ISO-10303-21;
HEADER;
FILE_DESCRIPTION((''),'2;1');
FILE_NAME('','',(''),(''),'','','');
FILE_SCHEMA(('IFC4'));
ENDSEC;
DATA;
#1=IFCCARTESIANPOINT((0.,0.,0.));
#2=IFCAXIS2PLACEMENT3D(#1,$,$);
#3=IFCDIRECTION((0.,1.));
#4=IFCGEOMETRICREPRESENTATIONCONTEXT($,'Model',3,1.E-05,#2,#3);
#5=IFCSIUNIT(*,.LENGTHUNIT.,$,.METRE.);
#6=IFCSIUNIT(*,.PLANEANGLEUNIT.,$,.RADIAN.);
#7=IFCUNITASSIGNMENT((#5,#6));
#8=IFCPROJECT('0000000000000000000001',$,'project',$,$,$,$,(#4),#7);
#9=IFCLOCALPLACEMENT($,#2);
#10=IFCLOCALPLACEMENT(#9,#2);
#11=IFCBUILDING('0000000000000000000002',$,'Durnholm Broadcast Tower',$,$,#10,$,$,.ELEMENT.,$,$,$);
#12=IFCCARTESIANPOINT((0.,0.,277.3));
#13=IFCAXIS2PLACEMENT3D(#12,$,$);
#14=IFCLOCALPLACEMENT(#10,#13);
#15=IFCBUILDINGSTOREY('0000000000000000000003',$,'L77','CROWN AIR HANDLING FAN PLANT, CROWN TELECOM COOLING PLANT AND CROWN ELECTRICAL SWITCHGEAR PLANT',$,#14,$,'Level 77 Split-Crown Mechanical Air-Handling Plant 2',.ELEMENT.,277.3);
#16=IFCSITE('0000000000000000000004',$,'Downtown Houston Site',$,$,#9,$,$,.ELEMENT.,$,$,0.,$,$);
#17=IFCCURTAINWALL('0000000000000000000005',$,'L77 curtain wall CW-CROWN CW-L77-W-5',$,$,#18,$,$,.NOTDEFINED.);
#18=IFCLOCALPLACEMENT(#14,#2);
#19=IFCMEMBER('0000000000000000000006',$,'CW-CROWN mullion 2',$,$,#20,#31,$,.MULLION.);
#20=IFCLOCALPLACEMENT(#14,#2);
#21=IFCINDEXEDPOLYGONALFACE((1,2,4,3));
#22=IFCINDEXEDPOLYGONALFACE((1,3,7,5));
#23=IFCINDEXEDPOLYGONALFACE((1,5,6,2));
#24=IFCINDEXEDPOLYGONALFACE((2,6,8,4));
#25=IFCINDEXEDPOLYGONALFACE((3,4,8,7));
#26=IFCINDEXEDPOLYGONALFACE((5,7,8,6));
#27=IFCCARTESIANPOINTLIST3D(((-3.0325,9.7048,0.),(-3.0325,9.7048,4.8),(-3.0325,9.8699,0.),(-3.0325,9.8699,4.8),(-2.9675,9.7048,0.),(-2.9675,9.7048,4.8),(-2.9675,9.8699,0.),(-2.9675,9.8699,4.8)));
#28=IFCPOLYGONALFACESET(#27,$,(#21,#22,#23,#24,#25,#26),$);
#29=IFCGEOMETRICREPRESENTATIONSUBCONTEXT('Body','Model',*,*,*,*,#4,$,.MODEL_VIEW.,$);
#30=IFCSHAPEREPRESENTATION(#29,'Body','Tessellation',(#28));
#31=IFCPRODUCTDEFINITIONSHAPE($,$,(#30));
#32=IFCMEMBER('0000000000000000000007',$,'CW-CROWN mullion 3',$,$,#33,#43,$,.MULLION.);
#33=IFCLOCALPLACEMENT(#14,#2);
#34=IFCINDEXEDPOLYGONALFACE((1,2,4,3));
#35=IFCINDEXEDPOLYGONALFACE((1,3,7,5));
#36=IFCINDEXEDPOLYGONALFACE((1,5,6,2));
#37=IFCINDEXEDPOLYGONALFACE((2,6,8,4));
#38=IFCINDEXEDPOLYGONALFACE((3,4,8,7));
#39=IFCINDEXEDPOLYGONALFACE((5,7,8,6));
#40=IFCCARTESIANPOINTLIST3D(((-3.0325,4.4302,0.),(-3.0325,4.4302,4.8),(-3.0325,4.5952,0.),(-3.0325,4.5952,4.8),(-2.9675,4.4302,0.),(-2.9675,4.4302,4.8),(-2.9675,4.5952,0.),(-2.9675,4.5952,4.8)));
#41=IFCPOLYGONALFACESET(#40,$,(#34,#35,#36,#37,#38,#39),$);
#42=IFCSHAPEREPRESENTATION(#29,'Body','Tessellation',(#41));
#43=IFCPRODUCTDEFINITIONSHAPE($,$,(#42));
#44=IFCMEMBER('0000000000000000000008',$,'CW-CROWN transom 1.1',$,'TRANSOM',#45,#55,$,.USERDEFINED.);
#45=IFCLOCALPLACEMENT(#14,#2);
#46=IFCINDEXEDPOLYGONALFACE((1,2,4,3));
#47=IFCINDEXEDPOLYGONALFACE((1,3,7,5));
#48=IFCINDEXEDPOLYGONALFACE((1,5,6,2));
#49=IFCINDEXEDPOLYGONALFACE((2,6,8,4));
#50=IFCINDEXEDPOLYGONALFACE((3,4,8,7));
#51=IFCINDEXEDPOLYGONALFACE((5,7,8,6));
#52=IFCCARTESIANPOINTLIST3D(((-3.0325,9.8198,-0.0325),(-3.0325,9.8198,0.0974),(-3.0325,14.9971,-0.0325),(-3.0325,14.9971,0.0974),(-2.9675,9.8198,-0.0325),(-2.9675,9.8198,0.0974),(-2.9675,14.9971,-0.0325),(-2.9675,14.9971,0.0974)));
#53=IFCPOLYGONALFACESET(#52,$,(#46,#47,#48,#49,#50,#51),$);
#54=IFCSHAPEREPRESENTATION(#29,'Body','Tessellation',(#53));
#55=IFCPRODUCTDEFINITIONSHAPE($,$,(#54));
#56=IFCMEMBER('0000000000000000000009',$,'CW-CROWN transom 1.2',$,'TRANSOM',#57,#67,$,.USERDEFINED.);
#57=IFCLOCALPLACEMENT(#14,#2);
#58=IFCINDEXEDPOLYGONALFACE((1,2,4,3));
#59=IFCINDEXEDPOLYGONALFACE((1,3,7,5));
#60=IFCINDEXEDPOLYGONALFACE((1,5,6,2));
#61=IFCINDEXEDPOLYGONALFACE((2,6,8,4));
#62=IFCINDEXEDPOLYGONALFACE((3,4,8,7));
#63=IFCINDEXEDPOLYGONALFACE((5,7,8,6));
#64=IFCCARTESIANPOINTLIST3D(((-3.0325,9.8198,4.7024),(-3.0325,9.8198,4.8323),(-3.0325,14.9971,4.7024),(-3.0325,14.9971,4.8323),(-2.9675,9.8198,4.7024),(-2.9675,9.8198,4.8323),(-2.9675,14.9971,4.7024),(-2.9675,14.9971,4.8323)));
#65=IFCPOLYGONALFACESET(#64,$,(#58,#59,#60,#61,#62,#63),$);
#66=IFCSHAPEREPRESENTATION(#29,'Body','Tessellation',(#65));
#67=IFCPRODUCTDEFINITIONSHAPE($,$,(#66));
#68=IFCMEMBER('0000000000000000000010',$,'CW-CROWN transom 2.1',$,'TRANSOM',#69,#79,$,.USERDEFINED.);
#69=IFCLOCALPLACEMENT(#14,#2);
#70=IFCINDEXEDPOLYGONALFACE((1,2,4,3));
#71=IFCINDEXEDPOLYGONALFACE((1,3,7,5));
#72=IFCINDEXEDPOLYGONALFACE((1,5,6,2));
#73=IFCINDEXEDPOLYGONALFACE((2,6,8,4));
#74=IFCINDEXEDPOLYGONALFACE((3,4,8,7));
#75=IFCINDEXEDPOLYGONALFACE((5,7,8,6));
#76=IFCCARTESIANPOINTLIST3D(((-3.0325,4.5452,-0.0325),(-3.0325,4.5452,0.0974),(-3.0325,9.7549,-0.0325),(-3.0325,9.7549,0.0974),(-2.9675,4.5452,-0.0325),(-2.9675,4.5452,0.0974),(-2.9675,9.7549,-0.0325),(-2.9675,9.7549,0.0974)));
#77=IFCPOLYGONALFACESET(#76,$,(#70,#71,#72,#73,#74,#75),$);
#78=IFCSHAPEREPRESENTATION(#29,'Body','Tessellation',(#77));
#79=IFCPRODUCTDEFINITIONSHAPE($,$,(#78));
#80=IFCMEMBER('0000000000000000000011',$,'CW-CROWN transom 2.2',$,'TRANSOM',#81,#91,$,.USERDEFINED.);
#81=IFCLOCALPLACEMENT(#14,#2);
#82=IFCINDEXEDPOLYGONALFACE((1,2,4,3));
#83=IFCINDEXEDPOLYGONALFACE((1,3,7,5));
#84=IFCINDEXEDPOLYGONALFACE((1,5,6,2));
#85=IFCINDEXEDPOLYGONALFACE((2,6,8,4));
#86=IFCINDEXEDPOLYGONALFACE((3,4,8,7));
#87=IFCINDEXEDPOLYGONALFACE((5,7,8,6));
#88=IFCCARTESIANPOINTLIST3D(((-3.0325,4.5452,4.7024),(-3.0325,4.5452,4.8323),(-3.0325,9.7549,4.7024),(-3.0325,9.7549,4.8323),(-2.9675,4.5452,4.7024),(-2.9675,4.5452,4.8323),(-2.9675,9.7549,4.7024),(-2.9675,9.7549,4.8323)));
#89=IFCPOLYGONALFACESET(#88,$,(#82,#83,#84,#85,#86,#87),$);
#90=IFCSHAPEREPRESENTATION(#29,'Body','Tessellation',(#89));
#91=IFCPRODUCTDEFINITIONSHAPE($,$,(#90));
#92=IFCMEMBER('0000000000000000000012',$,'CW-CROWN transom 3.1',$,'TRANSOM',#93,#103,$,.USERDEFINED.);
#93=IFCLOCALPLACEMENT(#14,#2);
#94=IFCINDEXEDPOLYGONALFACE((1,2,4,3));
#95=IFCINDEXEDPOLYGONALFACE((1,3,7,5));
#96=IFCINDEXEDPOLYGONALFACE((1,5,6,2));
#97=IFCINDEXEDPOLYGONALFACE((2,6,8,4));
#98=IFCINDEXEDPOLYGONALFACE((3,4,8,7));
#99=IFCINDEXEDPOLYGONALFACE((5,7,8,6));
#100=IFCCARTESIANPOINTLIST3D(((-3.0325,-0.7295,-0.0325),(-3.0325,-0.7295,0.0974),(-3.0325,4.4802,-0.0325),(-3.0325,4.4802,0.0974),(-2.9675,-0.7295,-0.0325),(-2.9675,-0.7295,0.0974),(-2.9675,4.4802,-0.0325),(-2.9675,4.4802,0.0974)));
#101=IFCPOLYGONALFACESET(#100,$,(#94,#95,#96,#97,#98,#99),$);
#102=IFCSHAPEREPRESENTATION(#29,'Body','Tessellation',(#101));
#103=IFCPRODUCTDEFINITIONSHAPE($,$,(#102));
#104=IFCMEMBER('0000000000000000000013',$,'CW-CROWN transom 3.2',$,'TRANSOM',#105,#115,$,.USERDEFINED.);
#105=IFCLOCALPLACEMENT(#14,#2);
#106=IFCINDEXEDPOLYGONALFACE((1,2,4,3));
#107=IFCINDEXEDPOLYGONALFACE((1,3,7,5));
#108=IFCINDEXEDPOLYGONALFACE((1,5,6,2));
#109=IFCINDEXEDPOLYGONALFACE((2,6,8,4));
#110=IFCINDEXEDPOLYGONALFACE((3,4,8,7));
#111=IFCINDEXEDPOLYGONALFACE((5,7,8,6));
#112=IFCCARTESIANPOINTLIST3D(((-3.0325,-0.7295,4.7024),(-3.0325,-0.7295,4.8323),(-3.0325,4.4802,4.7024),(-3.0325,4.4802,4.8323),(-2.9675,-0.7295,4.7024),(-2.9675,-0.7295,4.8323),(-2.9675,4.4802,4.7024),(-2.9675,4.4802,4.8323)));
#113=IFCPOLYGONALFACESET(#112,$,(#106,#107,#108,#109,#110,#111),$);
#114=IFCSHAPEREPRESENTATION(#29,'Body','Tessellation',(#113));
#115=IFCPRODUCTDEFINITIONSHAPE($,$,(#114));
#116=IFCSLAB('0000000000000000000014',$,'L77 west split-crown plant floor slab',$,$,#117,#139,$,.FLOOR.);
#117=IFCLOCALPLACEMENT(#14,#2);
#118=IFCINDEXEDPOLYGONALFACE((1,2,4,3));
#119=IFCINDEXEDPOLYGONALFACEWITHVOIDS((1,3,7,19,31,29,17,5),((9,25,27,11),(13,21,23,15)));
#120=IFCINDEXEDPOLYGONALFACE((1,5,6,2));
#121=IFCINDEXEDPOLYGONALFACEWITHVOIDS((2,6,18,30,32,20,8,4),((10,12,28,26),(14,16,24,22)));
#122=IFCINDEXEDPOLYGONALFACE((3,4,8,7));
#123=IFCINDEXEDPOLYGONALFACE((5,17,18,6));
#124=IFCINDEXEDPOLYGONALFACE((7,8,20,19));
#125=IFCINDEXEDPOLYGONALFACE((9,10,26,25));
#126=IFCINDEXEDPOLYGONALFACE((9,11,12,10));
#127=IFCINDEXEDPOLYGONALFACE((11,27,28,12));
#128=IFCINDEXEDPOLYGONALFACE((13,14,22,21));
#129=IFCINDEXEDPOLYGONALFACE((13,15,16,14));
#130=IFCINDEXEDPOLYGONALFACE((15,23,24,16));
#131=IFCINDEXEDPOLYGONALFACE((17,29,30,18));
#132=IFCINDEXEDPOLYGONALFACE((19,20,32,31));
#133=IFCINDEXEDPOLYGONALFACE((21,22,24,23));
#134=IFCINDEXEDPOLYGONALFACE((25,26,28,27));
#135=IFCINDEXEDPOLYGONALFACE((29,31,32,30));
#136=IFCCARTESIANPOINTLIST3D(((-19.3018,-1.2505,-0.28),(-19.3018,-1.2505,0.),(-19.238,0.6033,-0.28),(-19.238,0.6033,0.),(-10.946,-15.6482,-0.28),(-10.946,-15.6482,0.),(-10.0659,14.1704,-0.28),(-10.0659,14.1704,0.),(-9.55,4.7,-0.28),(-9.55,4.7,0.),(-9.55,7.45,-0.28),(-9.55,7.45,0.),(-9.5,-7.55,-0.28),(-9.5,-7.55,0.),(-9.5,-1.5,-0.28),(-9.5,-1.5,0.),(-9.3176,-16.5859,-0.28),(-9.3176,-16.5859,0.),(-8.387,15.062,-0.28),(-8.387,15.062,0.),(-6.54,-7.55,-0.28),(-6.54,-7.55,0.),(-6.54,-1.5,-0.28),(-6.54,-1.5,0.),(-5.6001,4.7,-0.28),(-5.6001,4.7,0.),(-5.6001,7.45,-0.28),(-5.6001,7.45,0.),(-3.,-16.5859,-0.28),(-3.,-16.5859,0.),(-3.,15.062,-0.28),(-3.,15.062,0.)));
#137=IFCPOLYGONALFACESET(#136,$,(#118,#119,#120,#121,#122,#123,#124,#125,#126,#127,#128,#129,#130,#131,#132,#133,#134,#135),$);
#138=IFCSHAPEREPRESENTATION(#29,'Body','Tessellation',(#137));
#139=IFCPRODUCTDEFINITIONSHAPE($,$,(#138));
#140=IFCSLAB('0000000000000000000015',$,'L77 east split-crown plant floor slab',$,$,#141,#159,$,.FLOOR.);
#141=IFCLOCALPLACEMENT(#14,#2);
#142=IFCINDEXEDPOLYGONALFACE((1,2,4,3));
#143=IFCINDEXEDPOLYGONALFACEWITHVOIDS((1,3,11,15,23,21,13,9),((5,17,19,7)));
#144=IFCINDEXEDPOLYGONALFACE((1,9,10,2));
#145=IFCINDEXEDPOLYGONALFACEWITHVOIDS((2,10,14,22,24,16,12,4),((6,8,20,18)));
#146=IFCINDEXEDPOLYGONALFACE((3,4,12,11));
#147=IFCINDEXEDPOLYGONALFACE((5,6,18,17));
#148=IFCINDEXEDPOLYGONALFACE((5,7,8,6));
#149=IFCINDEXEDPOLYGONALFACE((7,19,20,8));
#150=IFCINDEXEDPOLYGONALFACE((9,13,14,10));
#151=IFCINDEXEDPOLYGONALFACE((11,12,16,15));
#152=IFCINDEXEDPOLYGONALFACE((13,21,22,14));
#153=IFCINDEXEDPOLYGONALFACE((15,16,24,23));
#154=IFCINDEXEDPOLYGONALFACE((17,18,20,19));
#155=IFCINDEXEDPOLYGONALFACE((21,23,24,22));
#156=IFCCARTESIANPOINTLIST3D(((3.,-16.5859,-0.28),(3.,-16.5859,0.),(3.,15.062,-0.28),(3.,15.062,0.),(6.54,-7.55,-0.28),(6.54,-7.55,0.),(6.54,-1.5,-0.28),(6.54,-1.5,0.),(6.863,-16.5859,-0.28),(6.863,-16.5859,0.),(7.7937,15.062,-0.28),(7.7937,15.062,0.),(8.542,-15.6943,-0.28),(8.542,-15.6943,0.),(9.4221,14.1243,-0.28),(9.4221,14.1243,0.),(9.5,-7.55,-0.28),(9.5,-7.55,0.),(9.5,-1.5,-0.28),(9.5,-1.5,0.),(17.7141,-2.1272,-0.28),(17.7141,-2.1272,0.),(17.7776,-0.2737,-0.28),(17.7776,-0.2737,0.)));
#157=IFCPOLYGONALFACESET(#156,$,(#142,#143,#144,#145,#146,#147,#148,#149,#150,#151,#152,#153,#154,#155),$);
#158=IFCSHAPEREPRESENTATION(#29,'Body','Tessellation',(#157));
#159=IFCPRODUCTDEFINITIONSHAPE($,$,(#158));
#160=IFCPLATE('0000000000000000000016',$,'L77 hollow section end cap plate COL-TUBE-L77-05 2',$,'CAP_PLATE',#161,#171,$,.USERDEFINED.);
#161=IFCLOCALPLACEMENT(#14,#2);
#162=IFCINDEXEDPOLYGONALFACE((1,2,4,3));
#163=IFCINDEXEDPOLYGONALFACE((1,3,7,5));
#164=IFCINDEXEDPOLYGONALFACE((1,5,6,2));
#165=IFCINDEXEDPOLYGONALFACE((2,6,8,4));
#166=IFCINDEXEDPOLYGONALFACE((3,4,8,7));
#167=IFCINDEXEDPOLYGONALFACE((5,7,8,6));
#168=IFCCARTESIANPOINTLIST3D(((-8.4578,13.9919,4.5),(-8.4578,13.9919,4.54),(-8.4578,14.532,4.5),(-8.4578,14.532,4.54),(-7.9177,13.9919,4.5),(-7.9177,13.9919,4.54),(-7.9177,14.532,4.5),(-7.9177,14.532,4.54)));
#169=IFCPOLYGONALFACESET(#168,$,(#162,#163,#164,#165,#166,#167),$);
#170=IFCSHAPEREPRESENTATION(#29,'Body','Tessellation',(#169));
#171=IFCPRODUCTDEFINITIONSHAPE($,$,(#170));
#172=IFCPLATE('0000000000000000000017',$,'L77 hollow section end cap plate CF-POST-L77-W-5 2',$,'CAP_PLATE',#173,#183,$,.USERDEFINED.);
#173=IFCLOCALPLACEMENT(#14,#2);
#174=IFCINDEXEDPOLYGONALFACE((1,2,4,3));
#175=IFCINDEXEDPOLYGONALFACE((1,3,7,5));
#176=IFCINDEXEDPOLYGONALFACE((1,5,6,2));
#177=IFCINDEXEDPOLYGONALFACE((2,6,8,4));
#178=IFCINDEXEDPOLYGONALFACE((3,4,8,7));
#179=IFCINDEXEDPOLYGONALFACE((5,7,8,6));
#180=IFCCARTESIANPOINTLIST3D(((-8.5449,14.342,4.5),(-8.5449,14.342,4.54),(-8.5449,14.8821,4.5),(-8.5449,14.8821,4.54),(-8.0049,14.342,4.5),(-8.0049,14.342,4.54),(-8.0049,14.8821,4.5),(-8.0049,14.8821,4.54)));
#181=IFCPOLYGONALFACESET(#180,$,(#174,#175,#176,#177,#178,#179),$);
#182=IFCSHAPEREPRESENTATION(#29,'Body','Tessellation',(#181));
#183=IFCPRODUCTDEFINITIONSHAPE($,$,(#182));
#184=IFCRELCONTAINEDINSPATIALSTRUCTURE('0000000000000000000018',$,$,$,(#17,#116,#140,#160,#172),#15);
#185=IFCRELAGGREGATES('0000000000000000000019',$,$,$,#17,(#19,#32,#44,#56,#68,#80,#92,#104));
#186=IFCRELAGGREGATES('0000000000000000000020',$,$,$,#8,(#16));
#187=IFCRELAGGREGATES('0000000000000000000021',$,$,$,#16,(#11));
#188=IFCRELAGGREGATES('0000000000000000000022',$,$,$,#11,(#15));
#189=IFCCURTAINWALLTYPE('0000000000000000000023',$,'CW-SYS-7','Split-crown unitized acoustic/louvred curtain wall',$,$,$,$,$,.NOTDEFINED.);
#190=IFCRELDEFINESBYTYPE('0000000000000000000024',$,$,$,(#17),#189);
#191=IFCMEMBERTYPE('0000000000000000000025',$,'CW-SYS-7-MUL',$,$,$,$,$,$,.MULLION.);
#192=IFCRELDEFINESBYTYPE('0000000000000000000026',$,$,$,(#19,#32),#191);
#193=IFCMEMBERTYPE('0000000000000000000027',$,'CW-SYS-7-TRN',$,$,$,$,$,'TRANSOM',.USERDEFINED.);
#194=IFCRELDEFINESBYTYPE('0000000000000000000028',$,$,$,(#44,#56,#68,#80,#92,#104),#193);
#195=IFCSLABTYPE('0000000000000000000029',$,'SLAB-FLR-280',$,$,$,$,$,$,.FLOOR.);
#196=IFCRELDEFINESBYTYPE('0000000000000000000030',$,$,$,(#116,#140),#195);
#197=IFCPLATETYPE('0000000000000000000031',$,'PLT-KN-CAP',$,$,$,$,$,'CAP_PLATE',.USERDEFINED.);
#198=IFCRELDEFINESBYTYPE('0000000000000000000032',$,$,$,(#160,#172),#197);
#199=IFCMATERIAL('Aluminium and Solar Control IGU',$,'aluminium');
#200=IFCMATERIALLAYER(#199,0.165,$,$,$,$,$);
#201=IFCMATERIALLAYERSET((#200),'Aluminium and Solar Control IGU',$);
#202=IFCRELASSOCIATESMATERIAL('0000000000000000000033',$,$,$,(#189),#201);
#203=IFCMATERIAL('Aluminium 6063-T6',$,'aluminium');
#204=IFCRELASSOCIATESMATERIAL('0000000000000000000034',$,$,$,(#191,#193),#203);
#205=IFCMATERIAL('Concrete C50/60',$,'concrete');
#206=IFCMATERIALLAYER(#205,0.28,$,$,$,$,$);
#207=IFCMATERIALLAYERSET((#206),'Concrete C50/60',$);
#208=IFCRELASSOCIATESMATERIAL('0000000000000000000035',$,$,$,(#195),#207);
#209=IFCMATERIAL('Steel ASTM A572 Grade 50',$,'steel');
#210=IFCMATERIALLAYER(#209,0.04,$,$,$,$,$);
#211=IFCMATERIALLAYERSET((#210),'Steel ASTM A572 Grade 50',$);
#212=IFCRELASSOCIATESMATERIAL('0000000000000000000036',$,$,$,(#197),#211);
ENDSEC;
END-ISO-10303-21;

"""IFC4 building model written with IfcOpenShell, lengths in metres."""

from ifc_helpers import new_model, si_unit, direction, frame, origin, origin_2d, place, context, subcontext, project, spatial, polyline, rectangle, outline, extrude, source, transform, mapped, material, layer, layer_set, material_profile, profile_set, type_object, type_shapes, element, aggregate, save


model = new_model("IFC4")

# Units and contexts
model_context = context("Model", 3, precision=1e-05, world=origin(), true_north=direction((0.0, 1.0)))
body_context = subcontext(model_context, "Body", "Model", "MODEL_VIEW")
ifc_project = project(units=[si_unit("LENGTHUNIT", "METRE"), si_unit("PLANEANGLEUNIT", "RADIAN")], contexts=[model_context])

# Site, building, storey
site_placement = place(None, origin())
site = spatial("IfcSite", under=ifc_project, at=site_placement, Name="Downtown Houston Site", CompositionType="ELEMENT", RefElevation=0.0)
building_placement = place(site_placement, origin())
building = spatial("IfcBuilding", under=site, at=building_placement, Name="Durnholm Broadcast Tower", CompositionType="ELEMENT")
storey_placement = place(building_placement, frame((0.0, 0.0, 277.3)))
storey = spatial("IfcBuildingStorey", under=building, at=storey_placement, Name="L77", Description="CROWN AIR HANDLING FAN PLANT, CROWN TELECOM COOLING PLANT AND CROWN ELECTRICAL SWITCHGEAR PLANT", LongName="Level 77 Split-Crown Mechanical Air-Handling Plant 2", CompositionType="ELEMENT", Elevation=277.3)

# Curtain wall, members
ifc_material_1 = material(Name="Aluminium and Solar Control IGU", Category="aluminium")
ifc_layer_1 = layer(ifc_material_1, 0.165)
ifc_layer_set_1 = layer_set([ifc_layer_1], Name="Aluminium and Solar Control IGU")
curtain_wall_type = type_object("IfcCurtainWallType", Name="CW-SYS-7", Description="Split-crown unitized acoustic/louvred curtain wall", PredefinedType="NOTDEFINED", material=ifc_layer_set_1)
curtain_wall_placement = place(storey_placement, origin())
curtain_wall = element("IfcCurtainWall", 1, at=curtain_wall_placement, inside=storey, type_object=curtain_wall_type, Name="L77 curtain wall CW-CROWN CW-L77-W-5", PredefinedType="NOTDEFINED")
ifc_material_2 = material(Name="Aluminium 6063-T6", Category="aluminium")
ifc_material_profile_1 = material_profile(ifc_material_2, rectangle(XDim=0.0649, YDim=0.165, at=origin_2d()), Name="CWM65X165")
ifc_profile_set_1 = profile_set([ifc_material_profile_1], Name="Aluminium 6063-T6")
member_type_1 = type_object("IfcMemberType", Name="CW-SYS-7-MUL", PredefinedType="MULLION", material=ifc_profile_set_1)
shared_shape_1 = source(origin(), body_context, "Body", "SweptSolid", [
    extrude(rectangle(XDim=0.0649, YDim=0.165, at=origin_2d()), origin(), (0.0, 0.0, 1.0), 4.8),
])
type_shapes(member_type_1, [shared_shape_1])
member_1_placement = place(storey_placement, frame((-3.0, 9.7874, 0.0), z_axis=(0.0, 0.0, 1.0), x_axis=(1.0, 0.0, 0.0)))
member_1 = element("IfcMember", 2, at=member_1_placement, type_object=member_type_1, Name="CW-CROWN mullion 2", PredefinedType="MULLION", context=body_context, shape_type="MappedRepresentation", body=[
    mapped(shared_shape_1, transform((0.0, 0.0, 0.0), x_axis=(1.0, 0.0, 0.0), y_axis=(0.0, 1.0, 0.0), z_axis=(0.0, 0.0, 1.0), scale=1.0)),
])
member_2_placement = place(storey_placement, frame((-3.0, 4.5127, 0.0), z_axis=(0.0, 0.0, 1.0), x_axis=(1.0, 0.0, 0.0)))
member_2 = element("IfcMember", 3, at=member_2_placement, type_object=member_type_1, Name="CW-CROWN mullion 3", PredefinedType="MULLION", context=body_context, shape_type="MappedRepresentation", body=[
    mapped(shared_shape_1, transform((0.0, 0.0, 0.0), x_axis=(1.0, 0.0, 0.0), y_axis=(0.0, 1.0, 0.0), z_axis=(0.0, 0.0, 1.0), scale=1.0)),
])
ifc_material_profile_2 = material_profile(ifc_material_2, rectangle(XDim=0.0649, YDim=0.1299, at=origin_2d()), Name="CWT65X130")
ifc_profile_set_2 = profile_set([ifc_material_profile_2], Name="Aluminium 6063-T6")
member_type_2 = type_object("IfcMemberType", Name="CW-SYS-7-TRN", ElementType="TRANSOM", PredefinedType="USERDEFINED", material=ifc_profile_set_2)
shared_shape_2 = source(origin(), body_context, "Body", "SweptSolid", [
    extrude(rectangle(XDim=0.0649, YDim=0.1299, at=origin_2d()), origin(), (0.0, 0.0, 1.0), 5.1772),
])
member_3_placement = place(storey_placement, frame((-3.0, 14.9971, 0.0325), z_axis=(0.0, -1.0, 0.0), x_axis=(1.0, 0.0, 0.0)))
member_3 = element("IfcMember", 4, at=member_3_placement, type_object=member_type_2, Name="CW-CROWN transom 1.1", ObjectType="TRANSOM", PredefinedType="USERDEFINED", context=body_context, shape_type="MappedRepresentation", body=[
    mapped(shared_shape_2, transform((0.0, 0.0, 0.0), x_axis=(1.0, 0.0, 0.0), y_axis=(0.0, 1.0, 0.0), z_axis=(0.0, 0.0, 1.0), scale=1.0)),
])
member_4_placement = place(storey_placement, frame((-3.0, 14.9971, 4.7673), z_axis=(0.0, -1.0, 0.0), x_axis=(1.0, 0.0, 0.0)))
member_4 = element("IfcMember", 5, at=member_4_placement, type_object=member_type_2, Name="CW-CROWN transom 1.2", ObjectType="TRANSOM", PredefinedType="USERDEFINED", context=body_context, shape_type="MappedRepresentation", body=[
    mapped(shared_shape_2, transform((0.0, 0.0, 0.0), x_axis=(1.0, 0.0, 0.0), y_axis=(0.0, 1.0, 0.0), z_axis=(0.0, 0.0, 1.0), scale=1.0)),
])
shared_shape_3 = source(origin(), body_context, "Body", "SweptSolid", [
    extrude(rectangle(XDim=0.0649, YDim=0.1299, at=origin_2d()), origin(), (0.0, 0.0, 1.0), 5.2097),
])
type_shapes(member_type_2, [shared_shape_2, shared_shape_3])
member_5_placement = place(storey_placement, frame((-3.0, 9.7549, 0.0325), z_axis=(0.0, -1.0, 0.0), x_axis=(1.0, 0.0, 0.0)))
member_5 = element("IfcMember", 6, at=member_5_placement, type_object=member_type_2, Name="CW-CROWN transom 2.1", ObjectType="TRANSOM", PredefinedType="USERDEFINED", context=body_context, shape_type="MappedRepresentation", body=[
    mapped(shared_shape_3, transform((0.0, 0.0, 0.0), x_axis=(1.0, 0.0, 0.0), y_axis=(0.0, 1.0, 0.0), z_axis=(0.0, 0.0, 1.0), scale=1.0)),
])
member_6_placement = place(storey_placement, frame((-3.0, 9.7549, 4.7673), z_axis=(0.0, -1.0, 0.0), x_axis=(1.0, 0.0, 0.0)))
member_6 = element("IfcMember", 7, at=member_6_placement, type_object=member_type_2, Name="CW-CROWN transom 2.2", ObjectType="TRANSOM", PredefinedType="USERDEFINED", context=body_context, shape_type="MappedRepresentation", body=[
    mapped(shared_shape_3, transform((0.0, 0.0, 0.0), x_axis=(1.0, 0.0, 0.0), y_axis=(0.0, 1.0, 0.0), z_axis=(0.0, 0.0, 1.0), scale=1.0)),
])
member_7_placement = place(storey_placement, frame((-3.0, 4.4802, 0.0325), z_axis=(0.0, -1.0, 0.0), x_axis=(1.0, 0.0, 0.0)))
member_7 = element("IfcMember", 8, at=member_7_placement, type_object=member_type_2, Name="CW-CROWN transom 3.1", ObjectType="TRANSOM", PredefinedType="USERDEFINED", context=body_context, shape_type="MappedRepresentation", body=[
    mapped(shared_shape_3, transform((0.0, 0.0, 0.0), x_axis=(1.0, 0.0, 0.0), y_axis=(0.0, 1.0, 0.0), z_axis=(0.0, 0.0, 1.0), scale=1.0)),
])
member_8_placement = place(storey_placement, frame((-3.0, 4.4802, 4.7673), z_axis=(0.0, -1.0, 0.0), x_axis=(1.0, 0.0, 0.0)))
member_8 = element("IfcMember", 9, at=member_8_placement, type_object=member_type_2, Name="CW-CROWN transom 3.2", ObjectType="TRANSOM", PredefinedType="USERDEFINED", context=body_context, shape_type="MappedRepresentation", body=[
    mapped(shared_shape_3, transform((0.0, 0.0, 0.0), x_axis=(1.0, 0.0, 0.0), y_axis=(0.0, 1.0, 0.0), z_axis=(0.0, 0.0, 1.0), scale=1.0)),
])

# Slabs
ifc_material_3 = material(Name="Concrete C50/60", Category="concrete")
ifc_layer_2 = layer(ifc_material_3, 0.28)
ifc_layer_set_2 = layer_set([ifc_layer_2], Name="Concrete C50/60")
slab_type = type_object("IfcSlabType", Name="SLAB-FLR-280", PredefinedType="FLOOR", material=ifc_layer_set_2)
slab_1_placement = place(storey_placement, frame((0.0, 0.0, -0.28)))
element("IfcSlab", 10, at=slab_1_placement, inside=storey, type_object=slab_type, Name="L77 west split-crown plant floor slab", PredefinedType="FLOOR", context=body_context, shape_type="SweptSolid", body=[
    extrude(outline(polyline([(-10.946, -15.6482), (-9.3176, -16.5859), (-3.0, -16.5859), (-3.0, 15.062), (-8.387, 15.062), (-10.0659, 14.1704), (-19.238, 0.6033), (-19.3018, -1.2505), (-10.946, -15.6482)]), holes=[polyline([(-9.5, -1.5), (-9.5, -7.55), (-6.54, -7.55), (-6.54, -1.5), (-9.5, -1.5)]), polyline([(-9.55, 7.45), (-9.55, 4.7), (-5.6001, 4.7), (-5.6001, 7.45), (-9.55, 7.45)])]), origin(), (0.0, 0.0, 1.0), 0.28),
])
slab_2_placement = place(storey_placement, frame((0.0, 0.0, -0.28)))
element("IfcSlab", 11, at=slab_2_placement, inside=storey, type_object=slab_type, Name="L77 east split-crown plant floor slab", PredefinedType="FLOOR", context=body_context, shape_type="SweptSolid", body=[
    extrude(outline(polyline([(3.0, 15.062), (3.0, -16.5859), (6.863, -16.5859), (8.542, -15.6943), (17.7141, -2.1272), (17.7776, -0.2737), (9.4221, 14.1243), (7.7937, 15.062), (3.0, 15.062)]), holes=[polyline([(9.5, -1.5), (6.54, -1.5), (6.54, -7.55), (9.5, -7.55), (9.5, -1.5)])]), origin(), (0.0, 0.0, 1.0), 0.28),
])

# Plates
ifc_material_4 = material(Name="Steel ASTM A572 Grade 50", Category="steel")
ifc_layer_3 = layer(ifc_material_4, 0.04)
ifc_layer_set_3 = layer_set([ifc_layer_3], Name="Steel ASTM A572 Grade 50")
plate_type_1 = type_object("IfcPlateType", Name="PLT-KN-CAP", ElementType="CAP_PLATE", PredefinedType="USERDEFINED", material=ifc_layer_set_3)
shared_shape_4 = source(origin(), body_context, "Body", "SweptSolid", [
    extrude(rectangle(XDim=0.54, YDim=0.54, at=origin_2d()), origin(), (0.0, 0.0, 1.0), 0.04),
])
type_shapes(plate_type_1, [shared_shape_4])
for number, where, z_axis, x_axis, name in (
    (12, (-8.1877, 14.262, 4.5), (0.0, 0.0, 1.0), (1.0, 0.0, 0.0), "L77 hollow section end cap plate COL-TUBE-L77-05 2"),
    (13, (-8.2749, 14.6121, 4.5), (0.0, 0.0, 1.0), (1.0, 0.0, 0.0), "L77 hollow section end cap plate CF-POST-L77-W-5 2"),
):
    element("IfcPlate", number, at=place(storey_placement, frame(where, z_axis=z_axis, x_axis=x_axis)), inside=storey, type_object=plate_type_1, Name=name, ObjectType="CAP_PLATE", PredefinedType="USERDEFINED", context=body_context, shape_type="MappedRepresentation", body=[
        mapped(shared_shape_4, transform((0.0, 0.0, 0.0), x_axis=(1.0, 0.0, 0.0), y_axis=(0.0, 1.0, 0.0), z_axis=(0.0, 0.0, 1.0), scale=1.0)),
    ])

aggregate(curtain_wall, [member_1, member_2, member_3, member_4, member_5, member_6, member_7, member_8])

save(model, "model.ifc")
